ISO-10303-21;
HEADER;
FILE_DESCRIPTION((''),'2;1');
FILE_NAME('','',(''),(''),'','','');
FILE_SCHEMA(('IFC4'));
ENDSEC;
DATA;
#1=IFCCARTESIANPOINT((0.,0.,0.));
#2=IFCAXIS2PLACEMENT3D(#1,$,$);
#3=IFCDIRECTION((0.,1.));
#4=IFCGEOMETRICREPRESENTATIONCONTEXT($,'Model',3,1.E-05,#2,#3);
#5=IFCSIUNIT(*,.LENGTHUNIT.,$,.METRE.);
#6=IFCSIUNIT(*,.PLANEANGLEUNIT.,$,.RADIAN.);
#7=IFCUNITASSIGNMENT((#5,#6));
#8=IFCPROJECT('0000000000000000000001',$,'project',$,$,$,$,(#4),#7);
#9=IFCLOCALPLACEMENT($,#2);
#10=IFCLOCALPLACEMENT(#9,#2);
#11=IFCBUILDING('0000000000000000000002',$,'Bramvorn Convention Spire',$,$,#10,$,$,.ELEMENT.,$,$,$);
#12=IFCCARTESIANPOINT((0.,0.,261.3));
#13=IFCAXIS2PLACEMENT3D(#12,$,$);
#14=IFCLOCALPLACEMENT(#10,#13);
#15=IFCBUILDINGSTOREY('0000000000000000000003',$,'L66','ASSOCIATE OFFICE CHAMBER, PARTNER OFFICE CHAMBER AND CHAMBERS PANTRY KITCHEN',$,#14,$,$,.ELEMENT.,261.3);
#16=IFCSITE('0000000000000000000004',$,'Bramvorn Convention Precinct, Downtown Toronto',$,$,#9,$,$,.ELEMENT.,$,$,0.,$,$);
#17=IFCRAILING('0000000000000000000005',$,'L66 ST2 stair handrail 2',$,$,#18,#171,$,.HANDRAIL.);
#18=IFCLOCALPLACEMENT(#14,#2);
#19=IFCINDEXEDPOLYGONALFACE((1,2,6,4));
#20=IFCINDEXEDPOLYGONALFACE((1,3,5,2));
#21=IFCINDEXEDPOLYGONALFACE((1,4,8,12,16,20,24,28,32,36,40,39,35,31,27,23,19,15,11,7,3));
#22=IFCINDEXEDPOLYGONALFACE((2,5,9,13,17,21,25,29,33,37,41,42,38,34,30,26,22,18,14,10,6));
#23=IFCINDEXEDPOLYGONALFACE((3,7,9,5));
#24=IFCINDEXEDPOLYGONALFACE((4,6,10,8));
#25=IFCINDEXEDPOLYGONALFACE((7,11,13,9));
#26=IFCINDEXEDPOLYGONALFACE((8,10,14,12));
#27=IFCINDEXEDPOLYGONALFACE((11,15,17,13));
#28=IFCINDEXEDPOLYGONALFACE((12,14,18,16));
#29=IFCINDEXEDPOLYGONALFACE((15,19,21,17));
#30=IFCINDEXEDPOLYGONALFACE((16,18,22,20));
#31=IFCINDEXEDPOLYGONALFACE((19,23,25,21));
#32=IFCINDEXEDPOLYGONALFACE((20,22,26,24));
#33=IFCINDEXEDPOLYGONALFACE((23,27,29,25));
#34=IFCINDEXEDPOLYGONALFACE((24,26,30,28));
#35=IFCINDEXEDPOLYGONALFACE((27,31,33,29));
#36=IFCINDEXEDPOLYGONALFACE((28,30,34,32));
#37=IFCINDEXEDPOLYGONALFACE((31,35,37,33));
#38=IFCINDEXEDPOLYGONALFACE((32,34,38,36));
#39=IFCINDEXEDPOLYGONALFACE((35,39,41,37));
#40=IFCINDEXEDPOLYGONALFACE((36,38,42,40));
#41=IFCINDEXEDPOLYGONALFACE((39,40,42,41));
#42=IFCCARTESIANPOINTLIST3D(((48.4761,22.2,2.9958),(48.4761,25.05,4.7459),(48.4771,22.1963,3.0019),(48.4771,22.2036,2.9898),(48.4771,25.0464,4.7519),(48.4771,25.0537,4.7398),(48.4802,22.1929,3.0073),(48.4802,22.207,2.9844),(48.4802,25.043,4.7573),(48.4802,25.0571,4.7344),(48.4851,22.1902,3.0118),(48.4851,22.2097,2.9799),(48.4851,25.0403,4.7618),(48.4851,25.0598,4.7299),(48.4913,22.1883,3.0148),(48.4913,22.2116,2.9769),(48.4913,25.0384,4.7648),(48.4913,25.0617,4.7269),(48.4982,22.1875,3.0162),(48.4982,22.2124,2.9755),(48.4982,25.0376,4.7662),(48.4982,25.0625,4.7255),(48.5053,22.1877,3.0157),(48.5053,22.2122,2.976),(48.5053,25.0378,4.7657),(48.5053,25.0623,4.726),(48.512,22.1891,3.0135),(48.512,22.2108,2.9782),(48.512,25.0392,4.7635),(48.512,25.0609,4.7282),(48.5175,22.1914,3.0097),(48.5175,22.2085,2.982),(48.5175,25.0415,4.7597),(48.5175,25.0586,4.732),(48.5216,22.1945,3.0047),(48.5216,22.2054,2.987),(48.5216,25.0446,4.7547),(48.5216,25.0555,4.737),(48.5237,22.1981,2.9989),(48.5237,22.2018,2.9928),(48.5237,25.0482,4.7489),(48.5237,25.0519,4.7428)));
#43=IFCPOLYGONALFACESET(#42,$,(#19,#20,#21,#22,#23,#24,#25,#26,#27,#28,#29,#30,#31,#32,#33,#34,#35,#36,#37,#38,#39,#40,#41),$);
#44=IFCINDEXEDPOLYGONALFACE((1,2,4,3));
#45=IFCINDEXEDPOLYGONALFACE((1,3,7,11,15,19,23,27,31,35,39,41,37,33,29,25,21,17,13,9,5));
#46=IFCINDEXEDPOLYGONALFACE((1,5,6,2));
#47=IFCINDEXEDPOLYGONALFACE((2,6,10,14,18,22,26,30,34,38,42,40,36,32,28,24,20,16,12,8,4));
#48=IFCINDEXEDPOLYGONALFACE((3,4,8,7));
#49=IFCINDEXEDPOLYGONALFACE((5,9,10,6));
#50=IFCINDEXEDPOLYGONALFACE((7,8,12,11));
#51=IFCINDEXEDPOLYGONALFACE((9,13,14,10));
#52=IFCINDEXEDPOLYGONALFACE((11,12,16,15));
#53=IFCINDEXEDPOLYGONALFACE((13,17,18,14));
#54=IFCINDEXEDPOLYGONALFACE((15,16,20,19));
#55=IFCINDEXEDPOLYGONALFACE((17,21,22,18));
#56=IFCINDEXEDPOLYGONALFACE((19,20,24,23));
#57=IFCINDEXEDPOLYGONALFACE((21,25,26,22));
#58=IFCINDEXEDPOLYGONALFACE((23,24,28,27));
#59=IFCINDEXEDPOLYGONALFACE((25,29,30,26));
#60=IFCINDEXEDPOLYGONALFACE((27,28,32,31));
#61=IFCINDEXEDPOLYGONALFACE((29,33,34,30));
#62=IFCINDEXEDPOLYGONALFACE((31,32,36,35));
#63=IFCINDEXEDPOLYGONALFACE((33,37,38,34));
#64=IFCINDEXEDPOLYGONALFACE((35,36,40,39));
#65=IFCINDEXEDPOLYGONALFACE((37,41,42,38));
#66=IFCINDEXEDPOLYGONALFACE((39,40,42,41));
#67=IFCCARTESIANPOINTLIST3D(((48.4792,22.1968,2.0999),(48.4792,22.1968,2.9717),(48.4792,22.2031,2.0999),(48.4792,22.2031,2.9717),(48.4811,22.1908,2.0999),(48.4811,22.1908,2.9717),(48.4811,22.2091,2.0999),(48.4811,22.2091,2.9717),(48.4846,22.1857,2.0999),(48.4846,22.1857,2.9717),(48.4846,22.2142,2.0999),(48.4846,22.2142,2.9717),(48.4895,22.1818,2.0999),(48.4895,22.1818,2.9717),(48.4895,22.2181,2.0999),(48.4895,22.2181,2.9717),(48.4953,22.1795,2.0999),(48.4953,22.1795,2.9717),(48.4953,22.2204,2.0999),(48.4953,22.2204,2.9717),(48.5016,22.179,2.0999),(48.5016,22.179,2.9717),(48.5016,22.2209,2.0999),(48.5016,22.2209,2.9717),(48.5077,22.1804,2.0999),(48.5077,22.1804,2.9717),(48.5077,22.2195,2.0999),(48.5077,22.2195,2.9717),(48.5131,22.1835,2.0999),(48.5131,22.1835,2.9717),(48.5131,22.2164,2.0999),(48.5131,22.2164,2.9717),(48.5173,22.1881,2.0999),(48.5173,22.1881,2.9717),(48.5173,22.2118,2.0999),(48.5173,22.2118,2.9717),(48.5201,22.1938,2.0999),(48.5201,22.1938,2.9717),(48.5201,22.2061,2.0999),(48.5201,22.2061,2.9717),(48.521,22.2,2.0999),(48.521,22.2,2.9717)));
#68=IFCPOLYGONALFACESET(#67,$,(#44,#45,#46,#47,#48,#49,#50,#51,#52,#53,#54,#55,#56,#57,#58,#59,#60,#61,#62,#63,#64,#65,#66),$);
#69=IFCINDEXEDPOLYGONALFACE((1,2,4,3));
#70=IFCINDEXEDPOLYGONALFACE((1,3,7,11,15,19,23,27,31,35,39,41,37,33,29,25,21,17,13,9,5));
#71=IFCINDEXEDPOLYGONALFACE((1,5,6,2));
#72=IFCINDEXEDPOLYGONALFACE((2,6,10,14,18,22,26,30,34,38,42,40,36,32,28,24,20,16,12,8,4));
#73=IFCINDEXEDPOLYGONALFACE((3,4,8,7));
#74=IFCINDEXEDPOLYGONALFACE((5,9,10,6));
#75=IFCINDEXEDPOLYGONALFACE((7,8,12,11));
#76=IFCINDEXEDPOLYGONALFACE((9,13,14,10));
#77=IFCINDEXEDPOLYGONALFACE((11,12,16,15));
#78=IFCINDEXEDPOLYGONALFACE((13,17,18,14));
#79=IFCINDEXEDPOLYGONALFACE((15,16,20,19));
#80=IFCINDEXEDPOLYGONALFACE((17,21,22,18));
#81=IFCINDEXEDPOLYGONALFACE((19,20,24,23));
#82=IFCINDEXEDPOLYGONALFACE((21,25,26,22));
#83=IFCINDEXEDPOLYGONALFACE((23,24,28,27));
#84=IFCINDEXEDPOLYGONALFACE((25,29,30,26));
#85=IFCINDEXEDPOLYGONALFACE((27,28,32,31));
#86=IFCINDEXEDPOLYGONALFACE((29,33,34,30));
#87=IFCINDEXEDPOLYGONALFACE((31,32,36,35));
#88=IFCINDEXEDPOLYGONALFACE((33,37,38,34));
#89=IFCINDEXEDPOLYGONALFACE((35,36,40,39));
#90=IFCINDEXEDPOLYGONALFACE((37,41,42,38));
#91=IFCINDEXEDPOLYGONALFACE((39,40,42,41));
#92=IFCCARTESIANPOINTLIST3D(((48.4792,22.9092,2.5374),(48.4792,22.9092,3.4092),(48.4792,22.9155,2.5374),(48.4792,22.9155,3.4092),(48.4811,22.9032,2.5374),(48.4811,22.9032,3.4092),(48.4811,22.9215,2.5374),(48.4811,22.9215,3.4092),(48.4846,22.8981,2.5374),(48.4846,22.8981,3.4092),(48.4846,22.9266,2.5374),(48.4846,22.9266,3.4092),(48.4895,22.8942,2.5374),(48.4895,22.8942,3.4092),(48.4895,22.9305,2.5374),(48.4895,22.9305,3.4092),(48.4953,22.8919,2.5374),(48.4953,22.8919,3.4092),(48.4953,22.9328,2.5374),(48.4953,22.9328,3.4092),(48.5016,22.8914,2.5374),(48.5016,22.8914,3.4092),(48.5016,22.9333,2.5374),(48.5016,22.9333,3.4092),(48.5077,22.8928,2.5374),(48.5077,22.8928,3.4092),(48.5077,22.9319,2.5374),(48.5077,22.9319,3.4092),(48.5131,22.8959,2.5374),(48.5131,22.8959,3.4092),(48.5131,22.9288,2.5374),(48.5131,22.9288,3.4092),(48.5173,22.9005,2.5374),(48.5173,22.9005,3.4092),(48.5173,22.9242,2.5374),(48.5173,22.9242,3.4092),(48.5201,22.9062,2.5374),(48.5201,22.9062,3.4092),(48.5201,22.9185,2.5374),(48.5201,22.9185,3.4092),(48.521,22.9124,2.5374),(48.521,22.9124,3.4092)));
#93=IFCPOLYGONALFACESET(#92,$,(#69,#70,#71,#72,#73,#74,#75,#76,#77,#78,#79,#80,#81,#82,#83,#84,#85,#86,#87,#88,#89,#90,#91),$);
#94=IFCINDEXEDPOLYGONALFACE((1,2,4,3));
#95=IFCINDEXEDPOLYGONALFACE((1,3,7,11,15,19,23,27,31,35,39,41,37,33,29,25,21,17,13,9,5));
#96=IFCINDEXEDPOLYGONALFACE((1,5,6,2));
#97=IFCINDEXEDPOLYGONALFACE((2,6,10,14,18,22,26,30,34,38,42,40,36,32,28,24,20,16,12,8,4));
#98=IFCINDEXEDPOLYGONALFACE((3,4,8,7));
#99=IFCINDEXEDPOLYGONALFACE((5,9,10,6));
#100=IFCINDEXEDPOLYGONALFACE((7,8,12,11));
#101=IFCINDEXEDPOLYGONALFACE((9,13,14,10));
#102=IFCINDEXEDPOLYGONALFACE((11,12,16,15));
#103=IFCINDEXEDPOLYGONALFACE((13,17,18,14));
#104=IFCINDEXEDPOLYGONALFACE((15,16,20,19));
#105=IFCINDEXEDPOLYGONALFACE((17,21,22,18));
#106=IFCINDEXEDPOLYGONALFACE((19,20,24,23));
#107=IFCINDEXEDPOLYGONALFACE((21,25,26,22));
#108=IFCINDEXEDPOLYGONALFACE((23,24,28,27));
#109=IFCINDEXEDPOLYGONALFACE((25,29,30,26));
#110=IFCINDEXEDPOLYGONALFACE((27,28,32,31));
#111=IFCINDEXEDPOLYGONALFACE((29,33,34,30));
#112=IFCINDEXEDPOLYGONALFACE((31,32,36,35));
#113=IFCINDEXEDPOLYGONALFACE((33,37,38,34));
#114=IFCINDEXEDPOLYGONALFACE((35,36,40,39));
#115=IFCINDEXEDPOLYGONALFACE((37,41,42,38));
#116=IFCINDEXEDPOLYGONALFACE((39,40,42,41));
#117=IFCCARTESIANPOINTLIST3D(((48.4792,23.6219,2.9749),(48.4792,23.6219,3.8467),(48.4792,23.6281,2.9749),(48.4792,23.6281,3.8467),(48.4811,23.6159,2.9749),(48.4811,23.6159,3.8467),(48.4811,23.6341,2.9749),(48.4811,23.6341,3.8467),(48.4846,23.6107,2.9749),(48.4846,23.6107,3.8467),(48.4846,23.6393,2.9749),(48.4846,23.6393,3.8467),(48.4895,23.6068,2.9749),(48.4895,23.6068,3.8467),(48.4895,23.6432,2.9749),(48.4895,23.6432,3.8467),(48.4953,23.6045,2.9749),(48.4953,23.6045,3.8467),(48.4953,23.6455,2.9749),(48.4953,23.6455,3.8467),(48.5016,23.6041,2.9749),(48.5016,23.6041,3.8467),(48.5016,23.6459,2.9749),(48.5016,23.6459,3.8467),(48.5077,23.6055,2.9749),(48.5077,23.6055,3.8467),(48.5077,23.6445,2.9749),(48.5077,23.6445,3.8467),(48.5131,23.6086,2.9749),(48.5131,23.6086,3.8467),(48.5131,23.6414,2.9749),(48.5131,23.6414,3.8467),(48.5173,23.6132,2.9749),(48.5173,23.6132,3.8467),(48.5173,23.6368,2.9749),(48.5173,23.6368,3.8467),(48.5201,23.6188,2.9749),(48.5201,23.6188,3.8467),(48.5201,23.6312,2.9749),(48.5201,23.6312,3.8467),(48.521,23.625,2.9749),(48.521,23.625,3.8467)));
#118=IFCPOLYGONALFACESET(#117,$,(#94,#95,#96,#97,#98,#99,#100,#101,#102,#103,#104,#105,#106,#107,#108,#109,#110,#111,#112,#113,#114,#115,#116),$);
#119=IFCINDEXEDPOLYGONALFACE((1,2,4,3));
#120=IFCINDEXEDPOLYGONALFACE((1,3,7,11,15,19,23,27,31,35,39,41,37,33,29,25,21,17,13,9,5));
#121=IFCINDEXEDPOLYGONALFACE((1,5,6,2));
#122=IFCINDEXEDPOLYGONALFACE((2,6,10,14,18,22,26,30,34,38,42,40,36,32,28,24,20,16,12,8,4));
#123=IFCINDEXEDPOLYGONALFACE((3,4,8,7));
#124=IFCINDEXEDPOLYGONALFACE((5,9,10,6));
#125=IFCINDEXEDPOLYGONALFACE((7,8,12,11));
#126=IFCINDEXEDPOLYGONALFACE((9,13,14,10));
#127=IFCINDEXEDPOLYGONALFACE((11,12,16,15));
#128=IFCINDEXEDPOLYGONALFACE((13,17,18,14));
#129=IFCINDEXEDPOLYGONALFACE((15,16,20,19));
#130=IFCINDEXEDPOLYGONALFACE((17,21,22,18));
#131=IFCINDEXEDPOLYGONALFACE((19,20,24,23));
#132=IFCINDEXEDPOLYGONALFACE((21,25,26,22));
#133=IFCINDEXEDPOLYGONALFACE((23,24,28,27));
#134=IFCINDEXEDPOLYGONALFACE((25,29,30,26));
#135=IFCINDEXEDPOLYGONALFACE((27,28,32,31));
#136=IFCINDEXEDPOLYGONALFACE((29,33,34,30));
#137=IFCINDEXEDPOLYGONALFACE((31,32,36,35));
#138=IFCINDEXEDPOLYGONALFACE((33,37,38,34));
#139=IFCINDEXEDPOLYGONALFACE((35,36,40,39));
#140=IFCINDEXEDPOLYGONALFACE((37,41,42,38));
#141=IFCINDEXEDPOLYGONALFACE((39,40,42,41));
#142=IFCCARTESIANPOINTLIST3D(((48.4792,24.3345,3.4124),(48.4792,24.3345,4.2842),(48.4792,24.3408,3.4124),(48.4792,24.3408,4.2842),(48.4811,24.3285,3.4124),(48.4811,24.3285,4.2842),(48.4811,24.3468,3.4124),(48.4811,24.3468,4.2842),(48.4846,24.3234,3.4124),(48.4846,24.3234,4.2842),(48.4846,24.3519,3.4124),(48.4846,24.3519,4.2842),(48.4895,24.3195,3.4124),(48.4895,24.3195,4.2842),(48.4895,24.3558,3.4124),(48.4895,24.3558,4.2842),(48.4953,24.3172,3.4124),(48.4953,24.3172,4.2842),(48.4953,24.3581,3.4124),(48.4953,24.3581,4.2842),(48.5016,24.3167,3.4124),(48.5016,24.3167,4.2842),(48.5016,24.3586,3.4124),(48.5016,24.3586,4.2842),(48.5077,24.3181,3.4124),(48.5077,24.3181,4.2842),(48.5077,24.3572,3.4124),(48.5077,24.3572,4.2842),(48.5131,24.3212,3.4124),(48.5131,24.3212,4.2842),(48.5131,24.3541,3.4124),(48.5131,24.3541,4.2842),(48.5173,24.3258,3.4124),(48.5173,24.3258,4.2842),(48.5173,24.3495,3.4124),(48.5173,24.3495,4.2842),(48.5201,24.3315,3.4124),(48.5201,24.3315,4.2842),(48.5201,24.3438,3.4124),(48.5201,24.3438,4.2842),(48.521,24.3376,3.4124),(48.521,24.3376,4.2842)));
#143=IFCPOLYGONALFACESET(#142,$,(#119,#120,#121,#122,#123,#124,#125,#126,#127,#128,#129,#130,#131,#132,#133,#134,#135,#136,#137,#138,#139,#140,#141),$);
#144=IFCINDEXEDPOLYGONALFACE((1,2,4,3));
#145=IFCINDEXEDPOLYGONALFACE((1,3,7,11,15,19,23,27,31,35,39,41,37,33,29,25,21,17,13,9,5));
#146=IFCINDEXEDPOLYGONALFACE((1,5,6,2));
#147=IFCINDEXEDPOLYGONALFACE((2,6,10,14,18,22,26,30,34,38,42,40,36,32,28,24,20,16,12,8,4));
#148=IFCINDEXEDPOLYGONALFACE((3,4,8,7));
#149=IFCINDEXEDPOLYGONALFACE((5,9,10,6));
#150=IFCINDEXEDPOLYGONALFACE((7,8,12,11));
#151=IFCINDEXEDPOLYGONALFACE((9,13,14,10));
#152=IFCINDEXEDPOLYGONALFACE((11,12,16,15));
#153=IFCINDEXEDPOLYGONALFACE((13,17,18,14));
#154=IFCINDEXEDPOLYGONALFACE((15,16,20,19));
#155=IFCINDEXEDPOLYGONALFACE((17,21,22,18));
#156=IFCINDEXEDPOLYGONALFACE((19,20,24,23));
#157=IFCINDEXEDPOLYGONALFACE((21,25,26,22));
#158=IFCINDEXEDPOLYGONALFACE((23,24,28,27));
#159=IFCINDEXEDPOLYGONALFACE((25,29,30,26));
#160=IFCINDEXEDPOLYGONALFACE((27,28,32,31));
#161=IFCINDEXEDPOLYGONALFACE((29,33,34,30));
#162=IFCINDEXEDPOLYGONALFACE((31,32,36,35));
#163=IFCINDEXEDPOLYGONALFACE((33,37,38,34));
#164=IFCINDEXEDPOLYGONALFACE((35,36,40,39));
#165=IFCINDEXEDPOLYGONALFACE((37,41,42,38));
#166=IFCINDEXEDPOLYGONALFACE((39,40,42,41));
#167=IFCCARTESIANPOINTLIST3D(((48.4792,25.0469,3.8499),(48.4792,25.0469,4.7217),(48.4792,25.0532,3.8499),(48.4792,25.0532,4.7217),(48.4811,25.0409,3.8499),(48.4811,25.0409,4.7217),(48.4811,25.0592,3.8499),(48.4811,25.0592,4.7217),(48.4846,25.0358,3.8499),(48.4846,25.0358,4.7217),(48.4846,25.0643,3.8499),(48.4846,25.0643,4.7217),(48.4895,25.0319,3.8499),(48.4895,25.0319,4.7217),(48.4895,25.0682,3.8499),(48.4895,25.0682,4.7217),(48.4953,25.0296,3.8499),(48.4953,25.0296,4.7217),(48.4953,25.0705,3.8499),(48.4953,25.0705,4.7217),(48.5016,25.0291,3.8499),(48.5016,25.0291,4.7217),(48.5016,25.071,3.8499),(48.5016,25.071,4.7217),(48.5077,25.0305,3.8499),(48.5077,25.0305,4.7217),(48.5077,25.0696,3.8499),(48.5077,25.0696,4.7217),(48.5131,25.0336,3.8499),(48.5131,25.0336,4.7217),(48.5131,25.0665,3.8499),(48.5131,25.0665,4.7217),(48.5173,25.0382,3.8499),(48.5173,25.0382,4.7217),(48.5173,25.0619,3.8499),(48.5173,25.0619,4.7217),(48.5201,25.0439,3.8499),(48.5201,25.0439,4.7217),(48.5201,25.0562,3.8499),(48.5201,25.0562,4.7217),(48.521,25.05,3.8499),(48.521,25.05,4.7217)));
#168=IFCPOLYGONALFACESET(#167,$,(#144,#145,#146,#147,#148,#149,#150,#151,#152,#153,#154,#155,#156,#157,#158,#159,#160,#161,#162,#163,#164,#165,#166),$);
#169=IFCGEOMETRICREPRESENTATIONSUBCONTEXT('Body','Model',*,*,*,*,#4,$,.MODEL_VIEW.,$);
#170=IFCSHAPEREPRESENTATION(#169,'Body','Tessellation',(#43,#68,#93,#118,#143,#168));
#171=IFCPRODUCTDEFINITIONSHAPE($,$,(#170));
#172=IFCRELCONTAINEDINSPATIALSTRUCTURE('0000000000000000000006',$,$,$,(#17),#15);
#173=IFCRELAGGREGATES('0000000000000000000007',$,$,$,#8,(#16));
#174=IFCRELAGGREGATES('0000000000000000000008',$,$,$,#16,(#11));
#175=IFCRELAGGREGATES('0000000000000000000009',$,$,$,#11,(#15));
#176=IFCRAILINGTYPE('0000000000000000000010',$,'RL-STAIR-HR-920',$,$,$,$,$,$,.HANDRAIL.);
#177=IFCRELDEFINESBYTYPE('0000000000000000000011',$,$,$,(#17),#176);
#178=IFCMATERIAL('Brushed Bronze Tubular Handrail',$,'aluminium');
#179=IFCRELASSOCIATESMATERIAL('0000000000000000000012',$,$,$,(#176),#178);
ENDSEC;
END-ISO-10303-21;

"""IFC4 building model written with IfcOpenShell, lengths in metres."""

from ifc_helpers import new_model, si_unit, direction, frame, origin, origin_2d, place, context, subcontext, project, spatial, circle, extrude, material, type_object, element, save


model = new_model("IFC4")

# Units and contexts
model_context = context("Model", 3, precision=1e-05, world=origin(), true_north=direction((0.0, 1.0)))
body_context = subcontext(model_context, "Body", "Model", "MODEL_VIEW")
ifc_project = project(units=[si_unit("LENGTHUNIT", "METRE"), si_unit("PLANEANGLEUNIT", "RADIAN")], contexts=[model_context])

# Site, building, storey
site_placement = place(None, origin())
site = spatial("IfcSite", under=ifc_project, at=site_placement, Name="Bramvorn Convention Precinct, Downtown Toronto", CompositionType="ELEMENT", RefElevation=0.0)
building_placement = place(site_placement, origin())
building = spatial("IfcBuilding", under=site, at=building_placement, Name="Bramvorn Convention Spire", CompositionType="ELEMENT")
storey_placement = place(building_placement, frame((0.0, 0.0, 261.3)))
storey = spatial("IfcBuildingStorey", under=building, at=storey_placement, Name="L66", Description="ASSOCIATE OFFICE CHAMBER, PARTNER OFFICE CHAMBER AND CHAMBERS PANTRY KITCHEN", CompositionType="ELEMENT", Elevation=261.3)

# Railing
ifc_material_1 = material(Name="Brushed Bronze Tubular Handrail", Category="aluminium")
railing_type_1 = type_object("IfcRailingType", Name="RL-STAIR-HR-920", PredefinedType="HANDRAIL", material=ifc_material_1)
railing_1_placement = place(storey_placement, frame((48.5, 22.2, 2.0999)))
element("IfcRailing", 1, at=railing_1_placement, inside=storey, type_object=railing_type_1, Name="L66 ST2 stair handrail 2", PredefinedType="HANDRAIL", context=body_context, shape_type="SweptSolid", body=[
    extrude(circle(Radius=0.0239, at=origin_2d()), frame((0.0, 0.0, 0.896), z_axis=(0.0, 0.852179, 0.52325), x_axis=(-1.0, 0.0, 0.0)), (0.0, 0.0, 1.0), 3.3445),
    extrude(circle(Radius=0.021, at=origin_2d()), origin(), (0.0, 0.0, 1.0), 0.8718),
    extrude(circle(Radius=0.021, at=origin_2d()), frame((0.0, 0.7124, 0.4375)), (0.0, 0.0, 1.0), 0.8718),
    extrude(circle(Radius=0.021, at=origin_2d()), frame((0.0, 1.425, 0.875)), (0.0, 0.0, 1.0), 0.8718),
    extrude(circle(Radius=0.021, at=origin_2d()), frame((0.0, 2.1377, 1.3125)), (0.0, 0.0, 1.0), 0.8718),
    extrude(circle(Radius=0.021, at=origin_2d()), frame((0.0, 2.8501, 1.75)), (0.0, 0.0, 1.0), 0.8718),
])

save(model, "model.ifc")
